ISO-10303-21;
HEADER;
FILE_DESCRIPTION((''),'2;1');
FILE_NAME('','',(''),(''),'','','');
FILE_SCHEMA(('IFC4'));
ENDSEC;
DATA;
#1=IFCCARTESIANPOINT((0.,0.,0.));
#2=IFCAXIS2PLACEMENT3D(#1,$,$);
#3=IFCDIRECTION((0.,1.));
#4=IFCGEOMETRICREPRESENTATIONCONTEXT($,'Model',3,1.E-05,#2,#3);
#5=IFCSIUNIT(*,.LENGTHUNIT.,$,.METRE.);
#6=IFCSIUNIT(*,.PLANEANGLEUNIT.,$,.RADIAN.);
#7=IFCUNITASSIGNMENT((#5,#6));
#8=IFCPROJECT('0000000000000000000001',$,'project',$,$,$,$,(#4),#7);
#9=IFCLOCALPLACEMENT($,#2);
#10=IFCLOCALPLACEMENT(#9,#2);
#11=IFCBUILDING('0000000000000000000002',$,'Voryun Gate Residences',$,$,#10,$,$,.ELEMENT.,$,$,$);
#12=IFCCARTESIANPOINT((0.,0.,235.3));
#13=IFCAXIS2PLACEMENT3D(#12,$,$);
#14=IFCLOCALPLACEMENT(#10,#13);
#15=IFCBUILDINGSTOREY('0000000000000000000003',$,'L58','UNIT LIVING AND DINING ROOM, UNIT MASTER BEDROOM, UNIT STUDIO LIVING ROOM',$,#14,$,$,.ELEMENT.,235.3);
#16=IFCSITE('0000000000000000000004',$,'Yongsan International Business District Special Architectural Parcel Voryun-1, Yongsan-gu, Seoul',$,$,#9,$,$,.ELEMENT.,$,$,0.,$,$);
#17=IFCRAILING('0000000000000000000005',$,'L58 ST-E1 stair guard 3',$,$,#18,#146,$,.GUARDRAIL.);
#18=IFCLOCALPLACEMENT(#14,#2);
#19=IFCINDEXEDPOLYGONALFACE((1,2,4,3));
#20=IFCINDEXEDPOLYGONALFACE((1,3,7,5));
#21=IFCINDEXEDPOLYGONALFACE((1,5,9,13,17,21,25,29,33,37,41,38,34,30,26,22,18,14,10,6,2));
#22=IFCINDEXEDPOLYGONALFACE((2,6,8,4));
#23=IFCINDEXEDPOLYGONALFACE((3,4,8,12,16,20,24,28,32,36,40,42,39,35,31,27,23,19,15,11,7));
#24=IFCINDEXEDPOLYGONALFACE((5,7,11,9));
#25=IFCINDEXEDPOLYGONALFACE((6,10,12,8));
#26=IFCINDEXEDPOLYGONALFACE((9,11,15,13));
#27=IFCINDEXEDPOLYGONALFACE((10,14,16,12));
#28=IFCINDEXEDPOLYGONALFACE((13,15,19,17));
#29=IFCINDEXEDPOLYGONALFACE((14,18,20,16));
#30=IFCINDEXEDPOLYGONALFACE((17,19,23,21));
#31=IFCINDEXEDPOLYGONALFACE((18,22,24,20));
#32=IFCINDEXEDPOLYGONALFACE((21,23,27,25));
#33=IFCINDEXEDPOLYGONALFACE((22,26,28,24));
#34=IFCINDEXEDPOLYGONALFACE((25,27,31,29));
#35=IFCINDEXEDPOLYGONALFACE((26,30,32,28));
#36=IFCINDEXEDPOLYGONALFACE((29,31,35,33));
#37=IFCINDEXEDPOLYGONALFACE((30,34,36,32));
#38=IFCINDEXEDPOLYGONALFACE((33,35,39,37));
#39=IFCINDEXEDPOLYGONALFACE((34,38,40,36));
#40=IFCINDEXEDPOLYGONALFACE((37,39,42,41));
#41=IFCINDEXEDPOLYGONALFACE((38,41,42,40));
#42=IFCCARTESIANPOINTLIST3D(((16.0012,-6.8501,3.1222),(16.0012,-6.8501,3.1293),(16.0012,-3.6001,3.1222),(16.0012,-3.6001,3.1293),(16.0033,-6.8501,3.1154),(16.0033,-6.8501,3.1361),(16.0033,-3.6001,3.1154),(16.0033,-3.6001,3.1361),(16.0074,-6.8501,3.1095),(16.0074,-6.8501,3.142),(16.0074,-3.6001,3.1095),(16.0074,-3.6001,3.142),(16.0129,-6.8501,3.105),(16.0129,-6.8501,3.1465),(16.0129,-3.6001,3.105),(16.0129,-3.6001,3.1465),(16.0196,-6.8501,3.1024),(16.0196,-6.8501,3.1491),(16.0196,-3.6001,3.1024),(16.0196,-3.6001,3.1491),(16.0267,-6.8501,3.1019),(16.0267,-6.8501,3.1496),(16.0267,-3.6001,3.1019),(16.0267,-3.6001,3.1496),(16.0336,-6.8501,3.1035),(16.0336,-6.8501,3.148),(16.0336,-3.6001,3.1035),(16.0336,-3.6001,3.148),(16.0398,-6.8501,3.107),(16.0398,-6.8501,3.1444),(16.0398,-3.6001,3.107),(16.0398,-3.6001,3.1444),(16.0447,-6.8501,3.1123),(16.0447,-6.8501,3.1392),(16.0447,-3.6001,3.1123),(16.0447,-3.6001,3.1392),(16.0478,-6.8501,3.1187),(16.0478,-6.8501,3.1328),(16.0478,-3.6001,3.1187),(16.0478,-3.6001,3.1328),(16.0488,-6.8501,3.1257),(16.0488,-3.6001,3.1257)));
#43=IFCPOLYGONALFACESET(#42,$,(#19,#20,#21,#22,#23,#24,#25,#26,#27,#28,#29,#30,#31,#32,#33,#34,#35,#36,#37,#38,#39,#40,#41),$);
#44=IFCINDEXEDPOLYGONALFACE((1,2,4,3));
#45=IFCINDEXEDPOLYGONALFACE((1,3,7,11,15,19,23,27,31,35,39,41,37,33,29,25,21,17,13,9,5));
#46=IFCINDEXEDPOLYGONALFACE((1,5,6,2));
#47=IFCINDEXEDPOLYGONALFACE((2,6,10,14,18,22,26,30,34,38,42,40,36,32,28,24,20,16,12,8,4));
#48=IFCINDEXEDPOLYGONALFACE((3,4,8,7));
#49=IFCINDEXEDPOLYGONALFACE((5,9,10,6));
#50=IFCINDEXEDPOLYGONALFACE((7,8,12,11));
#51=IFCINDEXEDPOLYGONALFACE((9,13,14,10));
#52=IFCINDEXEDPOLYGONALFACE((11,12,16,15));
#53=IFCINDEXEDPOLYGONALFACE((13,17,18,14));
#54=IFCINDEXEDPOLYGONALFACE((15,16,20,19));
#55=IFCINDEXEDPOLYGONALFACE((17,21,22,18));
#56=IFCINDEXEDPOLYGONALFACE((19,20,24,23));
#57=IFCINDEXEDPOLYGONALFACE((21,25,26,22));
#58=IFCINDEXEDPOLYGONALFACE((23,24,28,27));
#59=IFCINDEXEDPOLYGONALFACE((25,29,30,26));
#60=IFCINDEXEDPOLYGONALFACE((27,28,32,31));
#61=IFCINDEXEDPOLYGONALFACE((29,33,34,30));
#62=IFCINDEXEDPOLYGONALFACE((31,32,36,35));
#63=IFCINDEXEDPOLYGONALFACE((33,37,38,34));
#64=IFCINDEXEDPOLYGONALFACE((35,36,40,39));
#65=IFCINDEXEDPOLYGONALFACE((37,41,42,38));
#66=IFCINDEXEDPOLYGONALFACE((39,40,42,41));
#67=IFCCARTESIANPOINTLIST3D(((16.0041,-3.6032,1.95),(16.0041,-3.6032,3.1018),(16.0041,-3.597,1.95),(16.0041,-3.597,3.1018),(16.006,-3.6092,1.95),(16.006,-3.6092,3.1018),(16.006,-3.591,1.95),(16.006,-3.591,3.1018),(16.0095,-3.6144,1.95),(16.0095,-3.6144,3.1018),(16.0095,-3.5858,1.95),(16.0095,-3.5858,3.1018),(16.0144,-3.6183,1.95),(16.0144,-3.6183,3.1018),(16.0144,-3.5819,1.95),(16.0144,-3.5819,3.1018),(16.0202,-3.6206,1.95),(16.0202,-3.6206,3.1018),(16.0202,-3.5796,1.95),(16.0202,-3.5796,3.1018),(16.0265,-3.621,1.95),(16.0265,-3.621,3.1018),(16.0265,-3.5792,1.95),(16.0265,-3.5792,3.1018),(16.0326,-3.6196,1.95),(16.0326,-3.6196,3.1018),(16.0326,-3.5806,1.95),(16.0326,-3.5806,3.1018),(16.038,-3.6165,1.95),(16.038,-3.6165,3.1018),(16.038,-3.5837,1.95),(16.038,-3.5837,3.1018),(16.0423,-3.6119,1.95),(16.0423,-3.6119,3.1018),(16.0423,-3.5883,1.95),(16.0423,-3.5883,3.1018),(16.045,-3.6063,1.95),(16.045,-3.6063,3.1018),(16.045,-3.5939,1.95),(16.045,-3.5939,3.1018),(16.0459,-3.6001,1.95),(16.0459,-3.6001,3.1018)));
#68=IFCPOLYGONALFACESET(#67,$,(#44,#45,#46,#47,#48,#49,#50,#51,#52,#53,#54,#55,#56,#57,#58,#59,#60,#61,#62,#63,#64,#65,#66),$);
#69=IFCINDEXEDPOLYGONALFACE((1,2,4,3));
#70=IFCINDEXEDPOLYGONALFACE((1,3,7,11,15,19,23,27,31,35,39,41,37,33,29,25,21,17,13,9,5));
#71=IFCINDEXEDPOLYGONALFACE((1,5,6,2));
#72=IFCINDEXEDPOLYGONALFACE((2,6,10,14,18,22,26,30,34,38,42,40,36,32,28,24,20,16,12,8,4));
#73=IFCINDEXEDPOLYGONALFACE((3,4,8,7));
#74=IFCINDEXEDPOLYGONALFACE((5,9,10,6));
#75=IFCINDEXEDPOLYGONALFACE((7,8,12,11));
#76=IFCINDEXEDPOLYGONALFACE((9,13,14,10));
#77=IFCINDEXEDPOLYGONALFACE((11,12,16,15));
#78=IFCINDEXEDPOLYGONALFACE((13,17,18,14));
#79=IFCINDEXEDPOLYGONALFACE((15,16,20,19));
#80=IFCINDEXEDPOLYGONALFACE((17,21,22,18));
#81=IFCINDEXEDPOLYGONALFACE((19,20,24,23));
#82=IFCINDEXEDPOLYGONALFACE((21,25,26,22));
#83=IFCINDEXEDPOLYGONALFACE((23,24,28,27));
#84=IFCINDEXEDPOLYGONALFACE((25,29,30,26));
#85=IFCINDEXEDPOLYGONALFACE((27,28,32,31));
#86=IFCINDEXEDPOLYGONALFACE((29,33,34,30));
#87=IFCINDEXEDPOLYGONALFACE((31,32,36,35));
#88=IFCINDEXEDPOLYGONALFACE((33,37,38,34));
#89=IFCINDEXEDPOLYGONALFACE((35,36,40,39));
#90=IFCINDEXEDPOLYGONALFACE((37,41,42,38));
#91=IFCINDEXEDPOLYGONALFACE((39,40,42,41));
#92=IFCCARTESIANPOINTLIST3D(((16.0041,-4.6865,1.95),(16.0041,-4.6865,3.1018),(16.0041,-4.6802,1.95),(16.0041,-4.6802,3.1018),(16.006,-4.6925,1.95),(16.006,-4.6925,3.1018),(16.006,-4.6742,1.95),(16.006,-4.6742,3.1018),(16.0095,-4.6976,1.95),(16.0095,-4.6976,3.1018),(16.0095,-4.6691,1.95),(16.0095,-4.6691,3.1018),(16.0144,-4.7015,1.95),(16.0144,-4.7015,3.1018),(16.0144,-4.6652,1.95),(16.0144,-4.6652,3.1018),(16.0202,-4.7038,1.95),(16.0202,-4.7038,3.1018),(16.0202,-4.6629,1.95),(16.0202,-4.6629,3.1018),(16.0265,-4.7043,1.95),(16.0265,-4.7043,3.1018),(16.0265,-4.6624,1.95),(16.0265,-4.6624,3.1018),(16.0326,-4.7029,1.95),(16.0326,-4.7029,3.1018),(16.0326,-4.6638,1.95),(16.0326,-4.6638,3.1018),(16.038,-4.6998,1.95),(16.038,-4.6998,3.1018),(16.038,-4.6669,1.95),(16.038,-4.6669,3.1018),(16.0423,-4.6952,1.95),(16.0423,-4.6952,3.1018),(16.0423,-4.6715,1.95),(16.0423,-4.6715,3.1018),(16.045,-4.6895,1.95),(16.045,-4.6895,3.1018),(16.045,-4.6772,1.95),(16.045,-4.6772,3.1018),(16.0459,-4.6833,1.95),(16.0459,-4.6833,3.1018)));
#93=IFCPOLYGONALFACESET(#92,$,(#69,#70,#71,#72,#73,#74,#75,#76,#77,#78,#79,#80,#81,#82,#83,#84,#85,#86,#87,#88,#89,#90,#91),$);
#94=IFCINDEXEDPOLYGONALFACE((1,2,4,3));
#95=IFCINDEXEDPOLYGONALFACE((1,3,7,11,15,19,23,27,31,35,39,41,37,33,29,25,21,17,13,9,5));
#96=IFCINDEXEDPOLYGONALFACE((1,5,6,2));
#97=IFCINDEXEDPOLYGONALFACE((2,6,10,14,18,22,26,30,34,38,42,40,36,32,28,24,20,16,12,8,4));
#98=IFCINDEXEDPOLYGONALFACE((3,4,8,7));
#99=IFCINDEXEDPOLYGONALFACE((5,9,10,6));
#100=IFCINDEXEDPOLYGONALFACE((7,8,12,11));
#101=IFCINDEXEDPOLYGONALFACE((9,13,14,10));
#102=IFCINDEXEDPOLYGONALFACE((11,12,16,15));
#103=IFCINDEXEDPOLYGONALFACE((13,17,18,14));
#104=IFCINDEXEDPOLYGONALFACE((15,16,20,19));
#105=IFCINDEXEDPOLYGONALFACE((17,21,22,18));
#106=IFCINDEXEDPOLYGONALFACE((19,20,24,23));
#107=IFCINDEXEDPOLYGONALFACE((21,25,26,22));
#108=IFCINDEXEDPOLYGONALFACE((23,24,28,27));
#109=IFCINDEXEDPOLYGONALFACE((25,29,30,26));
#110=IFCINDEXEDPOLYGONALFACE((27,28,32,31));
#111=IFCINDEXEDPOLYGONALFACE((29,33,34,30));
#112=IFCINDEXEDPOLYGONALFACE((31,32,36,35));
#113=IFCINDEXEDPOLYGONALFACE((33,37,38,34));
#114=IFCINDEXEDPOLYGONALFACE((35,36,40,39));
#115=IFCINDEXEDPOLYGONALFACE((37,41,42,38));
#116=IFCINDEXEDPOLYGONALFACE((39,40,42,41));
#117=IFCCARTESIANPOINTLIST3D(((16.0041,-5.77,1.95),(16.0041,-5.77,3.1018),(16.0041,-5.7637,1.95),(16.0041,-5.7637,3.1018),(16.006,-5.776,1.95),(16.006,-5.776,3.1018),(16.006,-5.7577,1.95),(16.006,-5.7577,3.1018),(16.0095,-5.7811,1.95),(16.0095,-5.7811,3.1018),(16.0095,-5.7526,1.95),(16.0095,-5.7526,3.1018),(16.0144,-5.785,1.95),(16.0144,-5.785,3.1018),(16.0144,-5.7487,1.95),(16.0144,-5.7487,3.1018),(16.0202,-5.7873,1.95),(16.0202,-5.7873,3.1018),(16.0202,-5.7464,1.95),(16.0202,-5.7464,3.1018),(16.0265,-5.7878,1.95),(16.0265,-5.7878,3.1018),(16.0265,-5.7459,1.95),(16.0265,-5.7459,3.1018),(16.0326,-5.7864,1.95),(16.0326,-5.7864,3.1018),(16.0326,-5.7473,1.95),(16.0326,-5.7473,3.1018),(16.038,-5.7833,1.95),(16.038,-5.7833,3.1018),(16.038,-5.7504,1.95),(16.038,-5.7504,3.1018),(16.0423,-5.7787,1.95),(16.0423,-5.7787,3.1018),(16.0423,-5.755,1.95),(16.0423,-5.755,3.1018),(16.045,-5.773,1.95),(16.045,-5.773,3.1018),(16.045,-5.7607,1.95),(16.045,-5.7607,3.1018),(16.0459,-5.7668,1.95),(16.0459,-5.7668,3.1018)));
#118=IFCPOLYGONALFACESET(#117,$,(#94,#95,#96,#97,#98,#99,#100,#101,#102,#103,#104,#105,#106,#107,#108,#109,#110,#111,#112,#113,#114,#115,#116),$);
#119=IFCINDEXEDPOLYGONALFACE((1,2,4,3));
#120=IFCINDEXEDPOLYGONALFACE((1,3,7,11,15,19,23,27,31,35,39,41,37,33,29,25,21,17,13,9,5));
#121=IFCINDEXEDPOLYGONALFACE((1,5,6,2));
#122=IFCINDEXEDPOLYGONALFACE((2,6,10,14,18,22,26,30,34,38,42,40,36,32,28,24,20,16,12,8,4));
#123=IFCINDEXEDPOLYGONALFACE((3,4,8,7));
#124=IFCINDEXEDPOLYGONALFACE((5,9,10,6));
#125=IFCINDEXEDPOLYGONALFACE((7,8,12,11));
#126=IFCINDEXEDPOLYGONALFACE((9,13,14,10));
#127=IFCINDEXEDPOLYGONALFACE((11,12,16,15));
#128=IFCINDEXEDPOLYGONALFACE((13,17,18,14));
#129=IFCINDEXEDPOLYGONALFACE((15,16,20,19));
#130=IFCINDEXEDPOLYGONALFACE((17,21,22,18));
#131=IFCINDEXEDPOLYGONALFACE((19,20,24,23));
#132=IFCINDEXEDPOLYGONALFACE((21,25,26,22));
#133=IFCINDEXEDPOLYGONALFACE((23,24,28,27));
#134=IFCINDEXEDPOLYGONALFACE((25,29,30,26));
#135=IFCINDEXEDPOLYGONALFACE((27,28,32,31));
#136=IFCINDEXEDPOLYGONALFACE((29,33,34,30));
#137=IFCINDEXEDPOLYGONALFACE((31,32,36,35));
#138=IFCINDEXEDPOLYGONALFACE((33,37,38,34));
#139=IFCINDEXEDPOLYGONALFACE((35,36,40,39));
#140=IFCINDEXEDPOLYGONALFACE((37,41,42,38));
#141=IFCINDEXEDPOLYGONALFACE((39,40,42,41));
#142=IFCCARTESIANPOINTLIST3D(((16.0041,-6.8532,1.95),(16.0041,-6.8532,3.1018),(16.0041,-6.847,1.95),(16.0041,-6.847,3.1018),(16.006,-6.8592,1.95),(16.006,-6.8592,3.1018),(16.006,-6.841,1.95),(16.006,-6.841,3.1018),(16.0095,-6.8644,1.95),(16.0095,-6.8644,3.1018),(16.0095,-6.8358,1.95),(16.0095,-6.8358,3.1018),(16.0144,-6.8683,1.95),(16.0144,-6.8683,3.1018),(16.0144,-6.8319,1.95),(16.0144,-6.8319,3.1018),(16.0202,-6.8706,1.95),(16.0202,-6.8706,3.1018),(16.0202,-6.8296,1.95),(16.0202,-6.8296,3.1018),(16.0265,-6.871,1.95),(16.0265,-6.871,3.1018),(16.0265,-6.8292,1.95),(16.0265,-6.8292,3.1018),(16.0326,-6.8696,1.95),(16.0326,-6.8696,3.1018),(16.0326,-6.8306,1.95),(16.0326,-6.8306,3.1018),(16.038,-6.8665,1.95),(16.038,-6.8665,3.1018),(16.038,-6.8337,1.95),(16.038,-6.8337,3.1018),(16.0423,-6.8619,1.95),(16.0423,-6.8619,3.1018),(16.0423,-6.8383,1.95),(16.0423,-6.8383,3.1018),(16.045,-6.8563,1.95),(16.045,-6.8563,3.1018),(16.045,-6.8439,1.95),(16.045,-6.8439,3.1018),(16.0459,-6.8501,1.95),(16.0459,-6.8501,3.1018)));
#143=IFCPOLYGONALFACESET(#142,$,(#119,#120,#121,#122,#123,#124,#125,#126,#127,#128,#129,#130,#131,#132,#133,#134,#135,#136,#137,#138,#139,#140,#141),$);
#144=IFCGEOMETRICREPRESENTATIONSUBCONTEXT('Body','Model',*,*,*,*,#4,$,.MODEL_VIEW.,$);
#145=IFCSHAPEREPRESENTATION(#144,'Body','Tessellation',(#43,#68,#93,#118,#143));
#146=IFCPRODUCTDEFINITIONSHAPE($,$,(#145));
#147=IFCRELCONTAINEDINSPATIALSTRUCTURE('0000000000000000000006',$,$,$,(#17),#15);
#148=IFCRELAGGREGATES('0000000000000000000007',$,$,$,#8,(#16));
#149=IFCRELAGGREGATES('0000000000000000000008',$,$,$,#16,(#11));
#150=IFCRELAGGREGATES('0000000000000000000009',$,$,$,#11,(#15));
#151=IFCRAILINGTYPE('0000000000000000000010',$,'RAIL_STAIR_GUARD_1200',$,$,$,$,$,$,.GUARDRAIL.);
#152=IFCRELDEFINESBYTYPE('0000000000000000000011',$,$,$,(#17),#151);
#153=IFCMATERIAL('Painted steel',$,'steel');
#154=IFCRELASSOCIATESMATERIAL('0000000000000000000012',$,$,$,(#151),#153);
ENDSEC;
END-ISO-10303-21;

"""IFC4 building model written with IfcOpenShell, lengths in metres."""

from ifc_helpers import new_model, si_unit, direction, frame, origin, origin_2d, place, context, subcontext, project, spatial, circle, extrude, material, type_object, element, save


model = new_model("IFC4")

# Units and contexts
model_context = context("Model", 3, precision=1e-05, world=origin(), true_north=direction((0.0, 1.0)))
body_context = subcontext(model_context, "Body", "Model", "MODEL_VIEW")
ifc_project = project(units=[si_unit("LENGTHUNIT", "METRE"), si_unit("PLANEANGLEUNIT", "RADIAN")], contexts=[model_context])

# Site, building, storey
site_placement = place(None, origin())
site = spatial("IfcSite", under=ifc_project, at=site_placement, Name="Yongsan International Business District Special Architectural Parcel Voryun-1, Yongsan-gu, Seoul", CompositionType="ELEMENT", RefElevation=0.0)
building_placement = place(site_placement, origin())
building = spatial("IfcBuilding", under=site, at=building_placement, Name="Voryun Gate Residences", CompositionType="ELEMENT")
storey_placement = place(building_placement, frame((0.0, 0.0, 235.3)))
storey = spatial("IfcBuildingStorey", under=building, at=storey_placement, Name="L58", Description="UNIT LIVING AND DINING ROOM, UNIT MASTER BEDROOM, UNIT STUDIO LIVING ROOM", CompositionType="ELEMENT", Elevation=235.3)

# Railing
ifc_material_1 = material(Name="Painted steel", Category="steel")
railing_type_1 = type_object("IfcRailingType", Name="RAIL_STAIR_GUARD_1200", PredefinedType="GUARDRAIL", material=ifc_material_1)
railing_1_placement = place(storey_placement, frame((16.0249, -3.6001, 1.95)))
element("IfcRailing", 1, at=railing_1_placement, inside=storey, type_object=railing_type_1, Name="L58 ST-E1 stair guard 3", PredefinedType="GUARDRAIL", context=body_context, shape_type="SweptSolid", body=[
    extrude(circle(Radius=0.0239, at=origin_2d()), frame((0.0, 0.0, 1.1758), z_axis=(0.0, -1.0, 0.0), x_axis=(1.0, 0.0, 0.0)), (0.0, 0.0, 1.0), 3.25),
    extrude(circle(Radius=0.021, at=origin_2d()), origin(), (0.0, 0.0, 1.0), 1.1519),
    extrude(circle(Radius=0.021, at=origin_2d()), frame((0.0, -1.0833, 0.0)), (0.0, 0.0, 1.0), 1.1519),
    extrude(circle(Radius=0.021, at=origin_2d()), frame((0.0, -2.1667, 0.0)), (0.0, 0.0, 1.0), 1.1519),
    extrude(circle(Radius=0.021, at=origin_2d()), frame((0.0, -3.25, 0.0)), (0.0, 0.0, 1.0), 1.1519),
])

save(model, "model.ifc")
